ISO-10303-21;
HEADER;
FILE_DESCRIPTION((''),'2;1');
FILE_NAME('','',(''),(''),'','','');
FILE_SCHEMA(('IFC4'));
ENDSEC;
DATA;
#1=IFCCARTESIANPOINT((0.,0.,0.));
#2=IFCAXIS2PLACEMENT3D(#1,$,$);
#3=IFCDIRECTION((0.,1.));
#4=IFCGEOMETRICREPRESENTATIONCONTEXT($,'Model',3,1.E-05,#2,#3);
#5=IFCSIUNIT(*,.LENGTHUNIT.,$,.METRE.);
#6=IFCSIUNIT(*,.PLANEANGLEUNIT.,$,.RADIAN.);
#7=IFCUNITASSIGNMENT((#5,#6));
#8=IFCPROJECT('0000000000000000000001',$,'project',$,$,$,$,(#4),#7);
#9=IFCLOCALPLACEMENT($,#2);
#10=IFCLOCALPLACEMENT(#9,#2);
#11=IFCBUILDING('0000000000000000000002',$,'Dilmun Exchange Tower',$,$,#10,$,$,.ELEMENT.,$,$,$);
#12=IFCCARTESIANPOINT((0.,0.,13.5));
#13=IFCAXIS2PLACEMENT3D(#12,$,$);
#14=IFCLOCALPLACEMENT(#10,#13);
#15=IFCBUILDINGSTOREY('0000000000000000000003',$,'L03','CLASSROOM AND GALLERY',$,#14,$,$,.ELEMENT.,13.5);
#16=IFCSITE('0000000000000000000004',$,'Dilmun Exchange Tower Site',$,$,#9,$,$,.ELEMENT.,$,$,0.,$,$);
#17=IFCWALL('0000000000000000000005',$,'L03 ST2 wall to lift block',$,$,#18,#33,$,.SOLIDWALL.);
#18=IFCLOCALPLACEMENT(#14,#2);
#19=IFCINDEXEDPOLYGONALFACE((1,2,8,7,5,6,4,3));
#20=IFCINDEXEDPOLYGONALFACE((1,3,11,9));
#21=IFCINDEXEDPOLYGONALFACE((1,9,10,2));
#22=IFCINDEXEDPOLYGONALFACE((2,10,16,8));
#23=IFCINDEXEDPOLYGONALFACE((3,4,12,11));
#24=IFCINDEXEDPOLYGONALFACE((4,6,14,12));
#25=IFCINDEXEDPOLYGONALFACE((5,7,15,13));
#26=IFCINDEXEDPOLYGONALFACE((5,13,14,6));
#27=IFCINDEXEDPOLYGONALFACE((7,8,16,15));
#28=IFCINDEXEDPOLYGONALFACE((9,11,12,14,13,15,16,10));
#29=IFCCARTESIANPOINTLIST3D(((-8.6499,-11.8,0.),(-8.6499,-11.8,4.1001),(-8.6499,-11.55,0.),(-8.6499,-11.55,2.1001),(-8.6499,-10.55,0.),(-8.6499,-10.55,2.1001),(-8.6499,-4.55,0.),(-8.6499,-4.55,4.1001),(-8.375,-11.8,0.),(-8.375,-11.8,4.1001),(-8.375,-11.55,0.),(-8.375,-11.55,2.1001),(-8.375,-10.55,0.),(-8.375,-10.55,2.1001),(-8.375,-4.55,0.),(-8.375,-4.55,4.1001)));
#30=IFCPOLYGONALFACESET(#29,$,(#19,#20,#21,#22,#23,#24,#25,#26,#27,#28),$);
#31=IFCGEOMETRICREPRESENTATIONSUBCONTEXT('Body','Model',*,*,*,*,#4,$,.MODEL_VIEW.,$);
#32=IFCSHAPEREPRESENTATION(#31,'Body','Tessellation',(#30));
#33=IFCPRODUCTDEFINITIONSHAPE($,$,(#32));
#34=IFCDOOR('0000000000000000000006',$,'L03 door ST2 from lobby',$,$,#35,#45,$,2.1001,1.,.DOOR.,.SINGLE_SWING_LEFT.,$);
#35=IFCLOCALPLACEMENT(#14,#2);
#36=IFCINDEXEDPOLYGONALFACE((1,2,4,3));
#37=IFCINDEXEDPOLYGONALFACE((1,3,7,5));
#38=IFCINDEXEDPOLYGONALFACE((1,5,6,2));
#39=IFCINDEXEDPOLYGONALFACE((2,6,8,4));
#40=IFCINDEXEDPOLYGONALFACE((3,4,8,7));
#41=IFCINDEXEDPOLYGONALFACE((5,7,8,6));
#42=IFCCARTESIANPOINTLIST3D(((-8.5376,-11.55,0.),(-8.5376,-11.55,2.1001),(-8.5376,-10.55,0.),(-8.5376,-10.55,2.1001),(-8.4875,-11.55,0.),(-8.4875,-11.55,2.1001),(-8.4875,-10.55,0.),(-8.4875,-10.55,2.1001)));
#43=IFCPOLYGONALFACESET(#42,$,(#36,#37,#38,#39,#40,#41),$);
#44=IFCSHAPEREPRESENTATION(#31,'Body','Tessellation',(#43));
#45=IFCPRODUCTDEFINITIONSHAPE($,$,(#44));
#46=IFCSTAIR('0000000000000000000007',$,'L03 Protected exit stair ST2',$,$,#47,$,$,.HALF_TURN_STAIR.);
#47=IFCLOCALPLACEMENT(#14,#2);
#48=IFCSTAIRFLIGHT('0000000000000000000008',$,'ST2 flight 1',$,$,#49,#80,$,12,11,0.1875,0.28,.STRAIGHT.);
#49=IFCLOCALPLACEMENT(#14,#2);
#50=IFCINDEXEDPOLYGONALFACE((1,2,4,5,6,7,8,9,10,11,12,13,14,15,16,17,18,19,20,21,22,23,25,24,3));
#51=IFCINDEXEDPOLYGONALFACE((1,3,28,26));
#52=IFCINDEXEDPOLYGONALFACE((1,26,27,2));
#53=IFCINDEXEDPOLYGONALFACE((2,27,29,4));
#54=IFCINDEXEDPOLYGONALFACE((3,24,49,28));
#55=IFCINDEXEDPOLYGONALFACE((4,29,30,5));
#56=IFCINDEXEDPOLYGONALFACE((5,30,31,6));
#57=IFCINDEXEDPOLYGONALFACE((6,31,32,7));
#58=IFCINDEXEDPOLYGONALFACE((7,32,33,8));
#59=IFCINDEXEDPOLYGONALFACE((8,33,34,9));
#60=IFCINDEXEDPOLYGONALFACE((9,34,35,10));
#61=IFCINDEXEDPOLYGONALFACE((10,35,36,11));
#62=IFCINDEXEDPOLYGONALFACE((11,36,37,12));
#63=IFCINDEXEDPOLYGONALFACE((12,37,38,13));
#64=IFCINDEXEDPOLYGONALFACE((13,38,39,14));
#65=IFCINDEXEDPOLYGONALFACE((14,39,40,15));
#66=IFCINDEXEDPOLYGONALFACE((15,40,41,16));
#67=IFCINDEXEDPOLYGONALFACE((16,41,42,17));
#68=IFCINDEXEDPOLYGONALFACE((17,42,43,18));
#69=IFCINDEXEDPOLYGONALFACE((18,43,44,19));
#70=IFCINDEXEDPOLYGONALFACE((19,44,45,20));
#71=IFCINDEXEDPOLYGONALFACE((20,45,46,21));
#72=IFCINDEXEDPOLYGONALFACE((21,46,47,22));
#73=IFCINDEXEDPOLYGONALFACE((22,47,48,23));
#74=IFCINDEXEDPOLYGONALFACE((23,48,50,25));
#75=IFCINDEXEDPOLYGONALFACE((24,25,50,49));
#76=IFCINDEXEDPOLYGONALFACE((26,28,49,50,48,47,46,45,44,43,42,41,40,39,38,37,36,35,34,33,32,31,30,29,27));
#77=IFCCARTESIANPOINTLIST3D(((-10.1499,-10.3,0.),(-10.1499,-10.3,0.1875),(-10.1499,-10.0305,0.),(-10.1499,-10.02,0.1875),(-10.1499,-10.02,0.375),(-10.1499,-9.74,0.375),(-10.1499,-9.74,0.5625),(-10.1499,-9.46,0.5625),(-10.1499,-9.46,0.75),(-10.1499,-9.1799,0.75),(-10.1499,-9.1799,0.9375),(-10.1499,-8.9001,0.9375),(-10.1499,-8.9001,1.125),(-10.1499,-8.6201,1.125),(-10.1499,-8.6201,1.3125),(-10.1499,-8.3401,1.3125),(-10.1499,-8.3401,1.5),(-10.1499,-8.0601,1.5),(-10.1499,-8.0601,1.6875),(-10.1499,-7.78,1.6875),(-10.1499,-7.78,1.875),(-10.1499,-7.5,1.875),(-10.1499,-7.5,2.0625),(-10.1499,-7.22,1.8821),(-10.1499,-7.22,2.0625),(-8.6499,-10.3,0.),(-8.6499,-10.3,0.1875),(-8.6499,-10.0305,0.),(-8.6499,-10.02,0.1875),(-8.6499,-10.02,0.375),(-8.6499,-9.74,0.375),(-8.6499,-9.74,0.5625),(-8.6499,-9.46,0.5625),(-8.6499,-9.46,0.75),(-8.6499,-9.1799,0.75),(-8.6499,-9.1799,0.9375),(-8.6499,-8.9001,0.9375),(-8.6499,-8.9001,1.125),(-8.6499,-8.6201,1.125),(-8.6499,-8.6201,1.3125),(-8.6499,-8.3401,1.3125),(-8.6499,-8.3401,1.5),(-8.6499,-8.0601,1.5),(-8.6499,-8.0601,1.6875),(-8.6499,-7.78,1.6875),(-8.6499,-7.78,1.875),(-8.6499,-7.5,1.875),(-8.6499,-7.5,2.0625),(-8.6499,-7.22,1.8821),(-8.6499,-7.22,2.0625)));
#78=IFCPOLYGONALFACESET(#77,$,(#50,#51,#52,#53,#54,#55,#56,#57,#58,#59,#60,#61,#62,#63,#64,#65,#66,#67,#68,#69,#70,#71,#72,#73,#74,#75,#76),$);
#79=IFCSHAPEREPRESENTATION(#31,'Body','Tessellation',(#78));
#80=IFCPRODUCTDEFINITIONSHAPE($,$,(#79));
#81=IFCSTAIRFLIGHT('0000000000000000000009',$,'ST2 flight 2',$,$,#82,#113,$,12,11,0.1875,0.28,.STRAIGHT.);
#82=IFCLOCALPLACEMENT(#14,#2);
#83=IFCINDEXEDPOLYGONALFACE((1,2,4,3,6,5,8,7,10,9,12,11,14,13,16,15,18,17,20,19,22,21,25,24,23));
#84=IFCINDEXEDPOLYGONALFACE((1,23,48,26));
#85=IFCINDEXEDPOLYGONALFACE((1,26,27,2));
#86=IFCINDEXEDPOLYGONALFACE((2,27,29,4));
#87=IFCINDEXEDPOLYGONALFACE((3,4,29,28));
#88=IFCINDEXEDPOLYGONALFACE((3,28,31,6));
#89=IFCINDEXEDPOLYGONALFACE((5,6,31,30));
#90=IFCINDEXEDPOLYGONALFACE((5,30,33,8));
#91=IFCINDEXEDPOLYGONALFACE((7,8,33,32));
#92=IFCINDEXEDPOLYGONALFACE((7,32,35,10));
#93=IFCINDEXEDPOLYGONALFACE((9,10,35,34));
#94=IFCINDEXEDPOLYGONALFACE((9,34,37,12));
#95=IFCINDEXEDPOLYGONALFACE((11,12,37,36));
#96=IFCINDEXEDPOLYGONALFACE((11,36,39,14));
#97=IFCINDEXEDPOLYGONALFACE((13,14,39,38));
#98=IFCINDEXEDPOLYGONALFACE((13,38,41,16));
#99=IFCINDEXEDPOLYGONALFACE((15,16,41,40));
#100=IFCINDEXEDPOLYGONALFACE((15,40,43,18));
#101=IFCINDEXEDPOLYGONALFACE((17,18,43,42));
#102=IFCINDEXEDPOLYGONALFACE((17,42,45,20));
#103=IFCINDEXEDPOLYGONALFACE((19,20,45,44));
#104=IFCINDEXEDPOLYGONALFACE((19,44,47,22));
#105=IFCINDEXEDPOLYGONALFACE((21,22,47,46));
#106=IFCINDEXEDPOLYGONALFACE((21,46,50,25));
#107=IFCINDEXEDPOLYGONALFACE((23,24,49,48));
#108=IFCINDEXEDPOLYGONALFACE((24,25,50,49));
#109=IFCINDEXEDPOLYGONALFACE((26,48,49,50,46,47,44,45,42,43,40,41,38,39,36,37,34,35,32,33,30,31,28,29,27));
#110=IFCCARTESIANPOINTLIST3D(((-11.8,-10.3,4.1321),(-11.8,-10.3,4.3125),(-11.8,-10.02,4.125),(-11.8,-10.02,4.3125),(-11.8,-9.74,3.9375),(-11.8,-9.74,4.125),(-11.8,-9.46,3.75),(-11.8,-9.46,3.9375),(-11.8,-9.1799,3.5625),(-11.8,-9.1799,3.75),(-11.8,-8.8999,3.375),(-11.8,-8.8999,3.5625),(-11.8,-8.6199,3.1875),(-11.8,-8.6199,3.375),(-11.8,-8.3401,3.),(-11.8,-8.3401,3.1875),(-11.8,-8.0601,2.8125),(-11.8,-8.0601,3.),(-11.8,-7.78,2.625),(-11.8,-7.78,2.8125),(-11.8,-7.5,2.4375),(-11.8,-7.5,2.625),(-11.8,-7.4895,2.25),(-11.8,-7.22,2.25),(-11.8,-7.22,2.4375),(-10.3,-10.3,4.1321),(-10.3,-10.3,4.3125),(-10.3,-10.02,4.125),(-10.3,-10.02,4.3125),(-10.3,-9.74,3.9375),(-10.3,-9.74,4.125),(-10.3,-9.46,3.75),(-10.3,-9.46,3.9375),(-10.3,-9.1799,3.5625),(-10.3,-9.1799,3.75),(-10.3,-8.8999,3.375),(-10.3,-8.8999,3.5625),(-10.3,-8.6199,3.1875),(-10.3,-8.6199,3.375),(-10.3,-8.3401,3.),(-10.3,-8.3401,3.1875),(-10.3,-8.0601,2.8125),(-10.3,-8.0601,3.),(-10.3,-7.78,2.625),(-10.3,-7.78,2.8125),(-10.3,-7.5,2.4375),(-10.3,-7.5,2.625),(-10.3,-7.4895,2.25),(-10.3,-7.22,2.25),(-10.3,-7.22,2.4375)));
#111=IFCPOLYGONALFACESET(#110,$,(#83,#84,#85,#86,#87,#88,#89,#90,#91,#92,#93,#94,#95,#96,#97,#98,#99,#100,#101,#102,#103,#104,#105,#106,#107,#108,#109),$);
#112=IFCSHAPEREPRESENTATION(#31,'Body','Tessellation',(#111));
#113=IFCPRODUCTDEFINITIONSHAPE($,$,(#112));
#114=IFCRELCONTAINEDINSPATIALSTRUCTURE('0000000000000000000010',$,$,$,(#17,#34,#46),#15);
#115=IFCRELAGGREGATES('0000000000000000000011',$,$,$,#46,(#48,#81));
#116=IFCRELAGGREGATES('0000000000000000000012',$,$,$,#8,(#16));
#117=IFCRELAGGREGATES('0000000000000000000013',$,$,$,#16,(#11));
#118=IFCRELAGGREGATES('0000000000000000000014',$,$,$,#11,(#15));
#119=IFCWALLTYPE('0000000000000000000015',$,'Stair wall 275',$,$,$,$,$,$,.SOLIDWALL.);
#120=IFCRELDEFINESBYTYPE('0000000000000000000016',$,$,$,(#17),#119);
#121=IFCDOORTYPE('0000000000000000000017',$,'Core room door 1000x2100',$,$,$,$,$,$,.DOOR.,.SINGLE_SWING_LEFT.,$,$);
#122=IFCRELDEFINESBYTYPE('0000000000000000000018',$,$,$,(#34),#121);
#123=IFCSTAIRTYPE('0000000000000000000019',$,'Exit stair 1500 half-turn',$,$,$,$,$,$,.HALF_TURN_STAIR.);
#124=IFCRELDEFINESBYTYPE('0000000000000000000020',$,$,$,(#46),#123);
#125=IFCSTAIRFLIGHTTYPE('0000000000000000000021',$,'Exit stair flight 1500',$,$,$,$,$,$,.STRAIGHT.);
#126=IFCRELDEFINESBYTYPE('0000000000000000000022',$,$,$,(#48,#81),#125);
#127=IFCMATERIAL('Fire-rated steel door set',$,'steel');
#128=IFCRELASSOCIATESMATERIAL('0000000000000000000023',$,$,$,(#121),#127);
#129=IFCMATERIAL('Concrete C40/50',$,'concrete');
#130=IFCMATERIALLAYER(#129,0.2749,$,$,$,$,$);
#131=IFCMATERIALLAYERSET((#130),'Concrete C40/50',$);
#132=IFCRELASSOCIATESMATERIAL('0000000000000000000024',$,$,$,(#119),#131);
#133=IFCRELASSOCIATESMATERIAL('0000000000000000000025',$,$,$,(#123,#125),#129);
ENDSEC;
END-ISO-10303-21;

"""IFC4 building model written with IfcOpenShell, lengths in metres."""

from ifc_helpers import new_model, si_unit, direction, frame, frame_2d, origin, place, context, subcontext, project, spatial, polyline, rectangle, outline, extrude, material, layer, layer_set, type_object, element, fill, aggregate, save


model = new_model("IFC4")

# Units and contexts
model_context = context("Model", 3, precision=1e-05, world=origin(), true_north=direction((0.0, 1.0)))
body_context = subcontext(model_context, "Body", "Model", "MODEL_VIEW")
ifc_project = project(units=[si_unit("LENGTHUNIT", "METRE"), si_unit("PLANEANGLEUNIT", "RADIAN")], contexts=[model_context])

# Site, building, storey
site_placement = place(None, origin())
site = spatial("IfcSite", under=ifc_project, at=site_placement, Name="Dilmun Exchange Tower Site", CompositionType="ELEMENT", RefElevation=0.0)
building_placement = place(site_placement, origin())
building = spatial("IfcBuilding", under=site, at=building_placement, Name="Dilmun Exchange Tower", CompositionType="ELEMENT")
storey_placement = place(building_placement, frame((0.0, 0.0, 13.5)))
storey = spatial("IfcBuildingStorey", under=building, at=storey_placement, Name="L03", Description="CLASSROOM AND GALLERY", CompositionType="ELEMENT", Elevation=13.5)

# Shared definitions
ifc_material_1 = material(Name="Concrete C40/50", Category="concrete")
ifc_material_2 = material(Name="Fire-rated steel door set", Category="steel")
door_type_1 = type_object("IfcDoorType", Name="Core room door 1000x2100", OperationType="SINGLE_SWING_LEFT", PredefinedType="DOOR", material=ifc_material_2)

# Wall, opening, door
ifc_layer_1 = layer(ifc_material_1, 0.2749)
ifc_layer_set_1 = layer_set([ifc_layer_1], Name="Concrete C40/50")
wall_type_1 = type_object("IfcWallType", Name="Stair wall 275", PredefinedType="SOLIDWALL", material=ifc_layer_set_1)
wall_1_placement = place(storey_placement, frame((-8.5125, -4.55, 0.0), z_axis=(0.0, 0.0, 1.0), x_axis=(0.0, -1.0, 0.0)))
wall_1 = element("IfcWall", 1, at=wall_1_placement, inside=storey, type_object=wall_type_1, Name="L03 ST2 wall to lift block", PredefinedType="SOLIDWALL", context=body_context, shape_type="SweptSolid", body=[
    extrude(rectangle(XDim=7.25, YDim=0.2749, at=frame_2d((3.625, 0.0))), origin(), (0.0, 0.0, 1.0), 4.1001),
])
opening_1_placement = place(wall_1_placement, frame((6.0, 0.0, 0.0)))
opening_1 = element("IfcOpeningElement", 2, at=opening_1_placement, cuts=wall_1, PredefinedType="OPENING", context=body_context, shape_type="SweptSolid", body=[
    extrude(rectangle(XDim=1.0, YDim=2.1001, at=frame_2d((0.5, 1.05))), frame((0.0, 0.1475, 0.0), z_axis=(0.0, -1.0, 0.0), x_axis=(1.0, 0.0, 0.0)), (0.0, 0.0, 1.0), 0.2949),
])
door_1_placement = place(opening_1_placement, origin())
door_1 = element("IfcDoor", 3, at=door_1_placement, inside=storey, type_object=door_type_1, Name="L03 door ST2 from lobby", OperationType="SINGLE_SWING_LEFT", OverallHeight=2.1001, OverallWidth=1.0, PredefinedType="DOOR", context=body_context, shape_type="SweptSolid", body=[
    extrude(rectangle(XDim=1.0, YDim=2.1001, at=frame_2d((0.5, 1.05))), frame((0.0, 0.0249, 0.0), z_axis=(0.0, -1.0, 0.0), x_axis=(1.0, 0.0, 0.0)), (0.0, 0.0, 1.0), 0.05),
])
fill(opening_1, door_1)

# Stair, stair flights
stair_type = type_object("IfcStairType", Name="Exit stair 1500 half-turn", PredefinedType="HALF_TURN_STAIR", material=ifc_material_1)
stair_placement = place(storey_placement, origin())
stair = element("IfcStair", 4, at=stair_placement, inside=storey, type_object=stair_type, Name="L03 Protected exit stair ST2", PredefinedType="HALF_TURN_STAIR")
stair_flight_type = type_object("IfcStairFlightType", Name="Exit stair flight 1500", PredefinedType="STRAIGHT", material=ifc_material_1)
stair_flight_1_placement = place(storey_placement, frame((-9.3999, -10.3, 0.0), z_axis=(0.0, 0.0, 1.0), x_axis=(0.0, 1.0, 0.0)))
stair_flight_1 = element("IfcStairFlight", 5, at=stair_flight_1_placement, type_object=stair_flight_type, Name="ST2 flight 1", NumberOfRisers=12, NumberOfTreads=11, PredefinedType="STRAIGHT", RiserHeight=0.1875, TreadLength=0.28, context=body_context, shape_type="SweptSolid", body=[
    extrude(outline(polyline([(0.0, 0.0), (0.0, 0.1875), (0.28, 0.1875), (0.28, 0.375), (0.5601, 0.375), (0.5601, 0.5625), (0.8401, 0.5625), (0.8401, 0.75), (1.1201, 0.75), (1.1201, 0.9375), (1.3999, 0.9375), (1.3999, 1.125), (1.6799, 1.125), (1.6799, 1.3125), (1.96, 1.3125), (1.96, 1.5), (2.24, 1.5), (2.24, 1.6875), (2.52, 1.6875), (2.52, 1.875), (2.8, 1.875), (2.8, 2.0625), (3.0801, 2.0625), (3.0801, 2.25), (3.0801, 1.8821), (0.2695, 0.0), (0.0, 0.0)])), frame((0.0, 0.75, 0.0), z_axis=(0.0, -1.0, 0.0), x_axis=(1.0, 0.0, 0.0)), (0.0, 0.0, 1.0), 1.5),
])
stair_flight_2_placement = place(storey_placement, frame((-11.05, -7.22, 2.25), z_axis=(0.0, 0.0, 1.0), x_axis=(0.0, -1.0, 0.0)))
stair_flight_2 = element("IfcStairFlight", 6, at=stair_flight_2_placement, type_object=stair_flight_type, Name="ST2 flight 2", NumberOfRisers=12, NumberOfTreads=11, PredefinedType="STRAIGHT", RiserHeight=0.1875, TreadLength=0.28, context=body_context, shape_type="SweptSolid", body=[
    extrude(outline(polyline([(0.0, 0.0), (0.0, 0.1875), (0.28, 0.1875), (0.28, 0.375), (0.5601, 0.375), (0.5601, 0.5625), (0.8401, 0.5625), (0.8401, 0.75), (1.1201, 0.75), (1.1201, 0.9375), (1.3999, 0.9375), (1.3999, 1.125), (1.6799, 1.125), (1.6799, 1.3125), (1.96, 1.3125), (1.96, 1.5), (2.24, 1.5), (2.24, 1.6875), (2.52, 1.6875), (2.52, 1.875), (2.8, 1.875), (2.8, 2.0625), (3.0801, 2.0625), (3.0801, 2.25), (3.0801, 1.8821), (0.2695, 0.0), (0.0, 0.0)])), frame((0.0, 0.75, 0.0), z_axis=(0.0, -1.0, 0.0), x_axis=(1.0, 0.0, 0.0)), (0.0, 0.0, 1.0), 1.5),
])
aggregate(stair, [stair_flight_1, stair_flight_2])

save(model, "model.ifc")
